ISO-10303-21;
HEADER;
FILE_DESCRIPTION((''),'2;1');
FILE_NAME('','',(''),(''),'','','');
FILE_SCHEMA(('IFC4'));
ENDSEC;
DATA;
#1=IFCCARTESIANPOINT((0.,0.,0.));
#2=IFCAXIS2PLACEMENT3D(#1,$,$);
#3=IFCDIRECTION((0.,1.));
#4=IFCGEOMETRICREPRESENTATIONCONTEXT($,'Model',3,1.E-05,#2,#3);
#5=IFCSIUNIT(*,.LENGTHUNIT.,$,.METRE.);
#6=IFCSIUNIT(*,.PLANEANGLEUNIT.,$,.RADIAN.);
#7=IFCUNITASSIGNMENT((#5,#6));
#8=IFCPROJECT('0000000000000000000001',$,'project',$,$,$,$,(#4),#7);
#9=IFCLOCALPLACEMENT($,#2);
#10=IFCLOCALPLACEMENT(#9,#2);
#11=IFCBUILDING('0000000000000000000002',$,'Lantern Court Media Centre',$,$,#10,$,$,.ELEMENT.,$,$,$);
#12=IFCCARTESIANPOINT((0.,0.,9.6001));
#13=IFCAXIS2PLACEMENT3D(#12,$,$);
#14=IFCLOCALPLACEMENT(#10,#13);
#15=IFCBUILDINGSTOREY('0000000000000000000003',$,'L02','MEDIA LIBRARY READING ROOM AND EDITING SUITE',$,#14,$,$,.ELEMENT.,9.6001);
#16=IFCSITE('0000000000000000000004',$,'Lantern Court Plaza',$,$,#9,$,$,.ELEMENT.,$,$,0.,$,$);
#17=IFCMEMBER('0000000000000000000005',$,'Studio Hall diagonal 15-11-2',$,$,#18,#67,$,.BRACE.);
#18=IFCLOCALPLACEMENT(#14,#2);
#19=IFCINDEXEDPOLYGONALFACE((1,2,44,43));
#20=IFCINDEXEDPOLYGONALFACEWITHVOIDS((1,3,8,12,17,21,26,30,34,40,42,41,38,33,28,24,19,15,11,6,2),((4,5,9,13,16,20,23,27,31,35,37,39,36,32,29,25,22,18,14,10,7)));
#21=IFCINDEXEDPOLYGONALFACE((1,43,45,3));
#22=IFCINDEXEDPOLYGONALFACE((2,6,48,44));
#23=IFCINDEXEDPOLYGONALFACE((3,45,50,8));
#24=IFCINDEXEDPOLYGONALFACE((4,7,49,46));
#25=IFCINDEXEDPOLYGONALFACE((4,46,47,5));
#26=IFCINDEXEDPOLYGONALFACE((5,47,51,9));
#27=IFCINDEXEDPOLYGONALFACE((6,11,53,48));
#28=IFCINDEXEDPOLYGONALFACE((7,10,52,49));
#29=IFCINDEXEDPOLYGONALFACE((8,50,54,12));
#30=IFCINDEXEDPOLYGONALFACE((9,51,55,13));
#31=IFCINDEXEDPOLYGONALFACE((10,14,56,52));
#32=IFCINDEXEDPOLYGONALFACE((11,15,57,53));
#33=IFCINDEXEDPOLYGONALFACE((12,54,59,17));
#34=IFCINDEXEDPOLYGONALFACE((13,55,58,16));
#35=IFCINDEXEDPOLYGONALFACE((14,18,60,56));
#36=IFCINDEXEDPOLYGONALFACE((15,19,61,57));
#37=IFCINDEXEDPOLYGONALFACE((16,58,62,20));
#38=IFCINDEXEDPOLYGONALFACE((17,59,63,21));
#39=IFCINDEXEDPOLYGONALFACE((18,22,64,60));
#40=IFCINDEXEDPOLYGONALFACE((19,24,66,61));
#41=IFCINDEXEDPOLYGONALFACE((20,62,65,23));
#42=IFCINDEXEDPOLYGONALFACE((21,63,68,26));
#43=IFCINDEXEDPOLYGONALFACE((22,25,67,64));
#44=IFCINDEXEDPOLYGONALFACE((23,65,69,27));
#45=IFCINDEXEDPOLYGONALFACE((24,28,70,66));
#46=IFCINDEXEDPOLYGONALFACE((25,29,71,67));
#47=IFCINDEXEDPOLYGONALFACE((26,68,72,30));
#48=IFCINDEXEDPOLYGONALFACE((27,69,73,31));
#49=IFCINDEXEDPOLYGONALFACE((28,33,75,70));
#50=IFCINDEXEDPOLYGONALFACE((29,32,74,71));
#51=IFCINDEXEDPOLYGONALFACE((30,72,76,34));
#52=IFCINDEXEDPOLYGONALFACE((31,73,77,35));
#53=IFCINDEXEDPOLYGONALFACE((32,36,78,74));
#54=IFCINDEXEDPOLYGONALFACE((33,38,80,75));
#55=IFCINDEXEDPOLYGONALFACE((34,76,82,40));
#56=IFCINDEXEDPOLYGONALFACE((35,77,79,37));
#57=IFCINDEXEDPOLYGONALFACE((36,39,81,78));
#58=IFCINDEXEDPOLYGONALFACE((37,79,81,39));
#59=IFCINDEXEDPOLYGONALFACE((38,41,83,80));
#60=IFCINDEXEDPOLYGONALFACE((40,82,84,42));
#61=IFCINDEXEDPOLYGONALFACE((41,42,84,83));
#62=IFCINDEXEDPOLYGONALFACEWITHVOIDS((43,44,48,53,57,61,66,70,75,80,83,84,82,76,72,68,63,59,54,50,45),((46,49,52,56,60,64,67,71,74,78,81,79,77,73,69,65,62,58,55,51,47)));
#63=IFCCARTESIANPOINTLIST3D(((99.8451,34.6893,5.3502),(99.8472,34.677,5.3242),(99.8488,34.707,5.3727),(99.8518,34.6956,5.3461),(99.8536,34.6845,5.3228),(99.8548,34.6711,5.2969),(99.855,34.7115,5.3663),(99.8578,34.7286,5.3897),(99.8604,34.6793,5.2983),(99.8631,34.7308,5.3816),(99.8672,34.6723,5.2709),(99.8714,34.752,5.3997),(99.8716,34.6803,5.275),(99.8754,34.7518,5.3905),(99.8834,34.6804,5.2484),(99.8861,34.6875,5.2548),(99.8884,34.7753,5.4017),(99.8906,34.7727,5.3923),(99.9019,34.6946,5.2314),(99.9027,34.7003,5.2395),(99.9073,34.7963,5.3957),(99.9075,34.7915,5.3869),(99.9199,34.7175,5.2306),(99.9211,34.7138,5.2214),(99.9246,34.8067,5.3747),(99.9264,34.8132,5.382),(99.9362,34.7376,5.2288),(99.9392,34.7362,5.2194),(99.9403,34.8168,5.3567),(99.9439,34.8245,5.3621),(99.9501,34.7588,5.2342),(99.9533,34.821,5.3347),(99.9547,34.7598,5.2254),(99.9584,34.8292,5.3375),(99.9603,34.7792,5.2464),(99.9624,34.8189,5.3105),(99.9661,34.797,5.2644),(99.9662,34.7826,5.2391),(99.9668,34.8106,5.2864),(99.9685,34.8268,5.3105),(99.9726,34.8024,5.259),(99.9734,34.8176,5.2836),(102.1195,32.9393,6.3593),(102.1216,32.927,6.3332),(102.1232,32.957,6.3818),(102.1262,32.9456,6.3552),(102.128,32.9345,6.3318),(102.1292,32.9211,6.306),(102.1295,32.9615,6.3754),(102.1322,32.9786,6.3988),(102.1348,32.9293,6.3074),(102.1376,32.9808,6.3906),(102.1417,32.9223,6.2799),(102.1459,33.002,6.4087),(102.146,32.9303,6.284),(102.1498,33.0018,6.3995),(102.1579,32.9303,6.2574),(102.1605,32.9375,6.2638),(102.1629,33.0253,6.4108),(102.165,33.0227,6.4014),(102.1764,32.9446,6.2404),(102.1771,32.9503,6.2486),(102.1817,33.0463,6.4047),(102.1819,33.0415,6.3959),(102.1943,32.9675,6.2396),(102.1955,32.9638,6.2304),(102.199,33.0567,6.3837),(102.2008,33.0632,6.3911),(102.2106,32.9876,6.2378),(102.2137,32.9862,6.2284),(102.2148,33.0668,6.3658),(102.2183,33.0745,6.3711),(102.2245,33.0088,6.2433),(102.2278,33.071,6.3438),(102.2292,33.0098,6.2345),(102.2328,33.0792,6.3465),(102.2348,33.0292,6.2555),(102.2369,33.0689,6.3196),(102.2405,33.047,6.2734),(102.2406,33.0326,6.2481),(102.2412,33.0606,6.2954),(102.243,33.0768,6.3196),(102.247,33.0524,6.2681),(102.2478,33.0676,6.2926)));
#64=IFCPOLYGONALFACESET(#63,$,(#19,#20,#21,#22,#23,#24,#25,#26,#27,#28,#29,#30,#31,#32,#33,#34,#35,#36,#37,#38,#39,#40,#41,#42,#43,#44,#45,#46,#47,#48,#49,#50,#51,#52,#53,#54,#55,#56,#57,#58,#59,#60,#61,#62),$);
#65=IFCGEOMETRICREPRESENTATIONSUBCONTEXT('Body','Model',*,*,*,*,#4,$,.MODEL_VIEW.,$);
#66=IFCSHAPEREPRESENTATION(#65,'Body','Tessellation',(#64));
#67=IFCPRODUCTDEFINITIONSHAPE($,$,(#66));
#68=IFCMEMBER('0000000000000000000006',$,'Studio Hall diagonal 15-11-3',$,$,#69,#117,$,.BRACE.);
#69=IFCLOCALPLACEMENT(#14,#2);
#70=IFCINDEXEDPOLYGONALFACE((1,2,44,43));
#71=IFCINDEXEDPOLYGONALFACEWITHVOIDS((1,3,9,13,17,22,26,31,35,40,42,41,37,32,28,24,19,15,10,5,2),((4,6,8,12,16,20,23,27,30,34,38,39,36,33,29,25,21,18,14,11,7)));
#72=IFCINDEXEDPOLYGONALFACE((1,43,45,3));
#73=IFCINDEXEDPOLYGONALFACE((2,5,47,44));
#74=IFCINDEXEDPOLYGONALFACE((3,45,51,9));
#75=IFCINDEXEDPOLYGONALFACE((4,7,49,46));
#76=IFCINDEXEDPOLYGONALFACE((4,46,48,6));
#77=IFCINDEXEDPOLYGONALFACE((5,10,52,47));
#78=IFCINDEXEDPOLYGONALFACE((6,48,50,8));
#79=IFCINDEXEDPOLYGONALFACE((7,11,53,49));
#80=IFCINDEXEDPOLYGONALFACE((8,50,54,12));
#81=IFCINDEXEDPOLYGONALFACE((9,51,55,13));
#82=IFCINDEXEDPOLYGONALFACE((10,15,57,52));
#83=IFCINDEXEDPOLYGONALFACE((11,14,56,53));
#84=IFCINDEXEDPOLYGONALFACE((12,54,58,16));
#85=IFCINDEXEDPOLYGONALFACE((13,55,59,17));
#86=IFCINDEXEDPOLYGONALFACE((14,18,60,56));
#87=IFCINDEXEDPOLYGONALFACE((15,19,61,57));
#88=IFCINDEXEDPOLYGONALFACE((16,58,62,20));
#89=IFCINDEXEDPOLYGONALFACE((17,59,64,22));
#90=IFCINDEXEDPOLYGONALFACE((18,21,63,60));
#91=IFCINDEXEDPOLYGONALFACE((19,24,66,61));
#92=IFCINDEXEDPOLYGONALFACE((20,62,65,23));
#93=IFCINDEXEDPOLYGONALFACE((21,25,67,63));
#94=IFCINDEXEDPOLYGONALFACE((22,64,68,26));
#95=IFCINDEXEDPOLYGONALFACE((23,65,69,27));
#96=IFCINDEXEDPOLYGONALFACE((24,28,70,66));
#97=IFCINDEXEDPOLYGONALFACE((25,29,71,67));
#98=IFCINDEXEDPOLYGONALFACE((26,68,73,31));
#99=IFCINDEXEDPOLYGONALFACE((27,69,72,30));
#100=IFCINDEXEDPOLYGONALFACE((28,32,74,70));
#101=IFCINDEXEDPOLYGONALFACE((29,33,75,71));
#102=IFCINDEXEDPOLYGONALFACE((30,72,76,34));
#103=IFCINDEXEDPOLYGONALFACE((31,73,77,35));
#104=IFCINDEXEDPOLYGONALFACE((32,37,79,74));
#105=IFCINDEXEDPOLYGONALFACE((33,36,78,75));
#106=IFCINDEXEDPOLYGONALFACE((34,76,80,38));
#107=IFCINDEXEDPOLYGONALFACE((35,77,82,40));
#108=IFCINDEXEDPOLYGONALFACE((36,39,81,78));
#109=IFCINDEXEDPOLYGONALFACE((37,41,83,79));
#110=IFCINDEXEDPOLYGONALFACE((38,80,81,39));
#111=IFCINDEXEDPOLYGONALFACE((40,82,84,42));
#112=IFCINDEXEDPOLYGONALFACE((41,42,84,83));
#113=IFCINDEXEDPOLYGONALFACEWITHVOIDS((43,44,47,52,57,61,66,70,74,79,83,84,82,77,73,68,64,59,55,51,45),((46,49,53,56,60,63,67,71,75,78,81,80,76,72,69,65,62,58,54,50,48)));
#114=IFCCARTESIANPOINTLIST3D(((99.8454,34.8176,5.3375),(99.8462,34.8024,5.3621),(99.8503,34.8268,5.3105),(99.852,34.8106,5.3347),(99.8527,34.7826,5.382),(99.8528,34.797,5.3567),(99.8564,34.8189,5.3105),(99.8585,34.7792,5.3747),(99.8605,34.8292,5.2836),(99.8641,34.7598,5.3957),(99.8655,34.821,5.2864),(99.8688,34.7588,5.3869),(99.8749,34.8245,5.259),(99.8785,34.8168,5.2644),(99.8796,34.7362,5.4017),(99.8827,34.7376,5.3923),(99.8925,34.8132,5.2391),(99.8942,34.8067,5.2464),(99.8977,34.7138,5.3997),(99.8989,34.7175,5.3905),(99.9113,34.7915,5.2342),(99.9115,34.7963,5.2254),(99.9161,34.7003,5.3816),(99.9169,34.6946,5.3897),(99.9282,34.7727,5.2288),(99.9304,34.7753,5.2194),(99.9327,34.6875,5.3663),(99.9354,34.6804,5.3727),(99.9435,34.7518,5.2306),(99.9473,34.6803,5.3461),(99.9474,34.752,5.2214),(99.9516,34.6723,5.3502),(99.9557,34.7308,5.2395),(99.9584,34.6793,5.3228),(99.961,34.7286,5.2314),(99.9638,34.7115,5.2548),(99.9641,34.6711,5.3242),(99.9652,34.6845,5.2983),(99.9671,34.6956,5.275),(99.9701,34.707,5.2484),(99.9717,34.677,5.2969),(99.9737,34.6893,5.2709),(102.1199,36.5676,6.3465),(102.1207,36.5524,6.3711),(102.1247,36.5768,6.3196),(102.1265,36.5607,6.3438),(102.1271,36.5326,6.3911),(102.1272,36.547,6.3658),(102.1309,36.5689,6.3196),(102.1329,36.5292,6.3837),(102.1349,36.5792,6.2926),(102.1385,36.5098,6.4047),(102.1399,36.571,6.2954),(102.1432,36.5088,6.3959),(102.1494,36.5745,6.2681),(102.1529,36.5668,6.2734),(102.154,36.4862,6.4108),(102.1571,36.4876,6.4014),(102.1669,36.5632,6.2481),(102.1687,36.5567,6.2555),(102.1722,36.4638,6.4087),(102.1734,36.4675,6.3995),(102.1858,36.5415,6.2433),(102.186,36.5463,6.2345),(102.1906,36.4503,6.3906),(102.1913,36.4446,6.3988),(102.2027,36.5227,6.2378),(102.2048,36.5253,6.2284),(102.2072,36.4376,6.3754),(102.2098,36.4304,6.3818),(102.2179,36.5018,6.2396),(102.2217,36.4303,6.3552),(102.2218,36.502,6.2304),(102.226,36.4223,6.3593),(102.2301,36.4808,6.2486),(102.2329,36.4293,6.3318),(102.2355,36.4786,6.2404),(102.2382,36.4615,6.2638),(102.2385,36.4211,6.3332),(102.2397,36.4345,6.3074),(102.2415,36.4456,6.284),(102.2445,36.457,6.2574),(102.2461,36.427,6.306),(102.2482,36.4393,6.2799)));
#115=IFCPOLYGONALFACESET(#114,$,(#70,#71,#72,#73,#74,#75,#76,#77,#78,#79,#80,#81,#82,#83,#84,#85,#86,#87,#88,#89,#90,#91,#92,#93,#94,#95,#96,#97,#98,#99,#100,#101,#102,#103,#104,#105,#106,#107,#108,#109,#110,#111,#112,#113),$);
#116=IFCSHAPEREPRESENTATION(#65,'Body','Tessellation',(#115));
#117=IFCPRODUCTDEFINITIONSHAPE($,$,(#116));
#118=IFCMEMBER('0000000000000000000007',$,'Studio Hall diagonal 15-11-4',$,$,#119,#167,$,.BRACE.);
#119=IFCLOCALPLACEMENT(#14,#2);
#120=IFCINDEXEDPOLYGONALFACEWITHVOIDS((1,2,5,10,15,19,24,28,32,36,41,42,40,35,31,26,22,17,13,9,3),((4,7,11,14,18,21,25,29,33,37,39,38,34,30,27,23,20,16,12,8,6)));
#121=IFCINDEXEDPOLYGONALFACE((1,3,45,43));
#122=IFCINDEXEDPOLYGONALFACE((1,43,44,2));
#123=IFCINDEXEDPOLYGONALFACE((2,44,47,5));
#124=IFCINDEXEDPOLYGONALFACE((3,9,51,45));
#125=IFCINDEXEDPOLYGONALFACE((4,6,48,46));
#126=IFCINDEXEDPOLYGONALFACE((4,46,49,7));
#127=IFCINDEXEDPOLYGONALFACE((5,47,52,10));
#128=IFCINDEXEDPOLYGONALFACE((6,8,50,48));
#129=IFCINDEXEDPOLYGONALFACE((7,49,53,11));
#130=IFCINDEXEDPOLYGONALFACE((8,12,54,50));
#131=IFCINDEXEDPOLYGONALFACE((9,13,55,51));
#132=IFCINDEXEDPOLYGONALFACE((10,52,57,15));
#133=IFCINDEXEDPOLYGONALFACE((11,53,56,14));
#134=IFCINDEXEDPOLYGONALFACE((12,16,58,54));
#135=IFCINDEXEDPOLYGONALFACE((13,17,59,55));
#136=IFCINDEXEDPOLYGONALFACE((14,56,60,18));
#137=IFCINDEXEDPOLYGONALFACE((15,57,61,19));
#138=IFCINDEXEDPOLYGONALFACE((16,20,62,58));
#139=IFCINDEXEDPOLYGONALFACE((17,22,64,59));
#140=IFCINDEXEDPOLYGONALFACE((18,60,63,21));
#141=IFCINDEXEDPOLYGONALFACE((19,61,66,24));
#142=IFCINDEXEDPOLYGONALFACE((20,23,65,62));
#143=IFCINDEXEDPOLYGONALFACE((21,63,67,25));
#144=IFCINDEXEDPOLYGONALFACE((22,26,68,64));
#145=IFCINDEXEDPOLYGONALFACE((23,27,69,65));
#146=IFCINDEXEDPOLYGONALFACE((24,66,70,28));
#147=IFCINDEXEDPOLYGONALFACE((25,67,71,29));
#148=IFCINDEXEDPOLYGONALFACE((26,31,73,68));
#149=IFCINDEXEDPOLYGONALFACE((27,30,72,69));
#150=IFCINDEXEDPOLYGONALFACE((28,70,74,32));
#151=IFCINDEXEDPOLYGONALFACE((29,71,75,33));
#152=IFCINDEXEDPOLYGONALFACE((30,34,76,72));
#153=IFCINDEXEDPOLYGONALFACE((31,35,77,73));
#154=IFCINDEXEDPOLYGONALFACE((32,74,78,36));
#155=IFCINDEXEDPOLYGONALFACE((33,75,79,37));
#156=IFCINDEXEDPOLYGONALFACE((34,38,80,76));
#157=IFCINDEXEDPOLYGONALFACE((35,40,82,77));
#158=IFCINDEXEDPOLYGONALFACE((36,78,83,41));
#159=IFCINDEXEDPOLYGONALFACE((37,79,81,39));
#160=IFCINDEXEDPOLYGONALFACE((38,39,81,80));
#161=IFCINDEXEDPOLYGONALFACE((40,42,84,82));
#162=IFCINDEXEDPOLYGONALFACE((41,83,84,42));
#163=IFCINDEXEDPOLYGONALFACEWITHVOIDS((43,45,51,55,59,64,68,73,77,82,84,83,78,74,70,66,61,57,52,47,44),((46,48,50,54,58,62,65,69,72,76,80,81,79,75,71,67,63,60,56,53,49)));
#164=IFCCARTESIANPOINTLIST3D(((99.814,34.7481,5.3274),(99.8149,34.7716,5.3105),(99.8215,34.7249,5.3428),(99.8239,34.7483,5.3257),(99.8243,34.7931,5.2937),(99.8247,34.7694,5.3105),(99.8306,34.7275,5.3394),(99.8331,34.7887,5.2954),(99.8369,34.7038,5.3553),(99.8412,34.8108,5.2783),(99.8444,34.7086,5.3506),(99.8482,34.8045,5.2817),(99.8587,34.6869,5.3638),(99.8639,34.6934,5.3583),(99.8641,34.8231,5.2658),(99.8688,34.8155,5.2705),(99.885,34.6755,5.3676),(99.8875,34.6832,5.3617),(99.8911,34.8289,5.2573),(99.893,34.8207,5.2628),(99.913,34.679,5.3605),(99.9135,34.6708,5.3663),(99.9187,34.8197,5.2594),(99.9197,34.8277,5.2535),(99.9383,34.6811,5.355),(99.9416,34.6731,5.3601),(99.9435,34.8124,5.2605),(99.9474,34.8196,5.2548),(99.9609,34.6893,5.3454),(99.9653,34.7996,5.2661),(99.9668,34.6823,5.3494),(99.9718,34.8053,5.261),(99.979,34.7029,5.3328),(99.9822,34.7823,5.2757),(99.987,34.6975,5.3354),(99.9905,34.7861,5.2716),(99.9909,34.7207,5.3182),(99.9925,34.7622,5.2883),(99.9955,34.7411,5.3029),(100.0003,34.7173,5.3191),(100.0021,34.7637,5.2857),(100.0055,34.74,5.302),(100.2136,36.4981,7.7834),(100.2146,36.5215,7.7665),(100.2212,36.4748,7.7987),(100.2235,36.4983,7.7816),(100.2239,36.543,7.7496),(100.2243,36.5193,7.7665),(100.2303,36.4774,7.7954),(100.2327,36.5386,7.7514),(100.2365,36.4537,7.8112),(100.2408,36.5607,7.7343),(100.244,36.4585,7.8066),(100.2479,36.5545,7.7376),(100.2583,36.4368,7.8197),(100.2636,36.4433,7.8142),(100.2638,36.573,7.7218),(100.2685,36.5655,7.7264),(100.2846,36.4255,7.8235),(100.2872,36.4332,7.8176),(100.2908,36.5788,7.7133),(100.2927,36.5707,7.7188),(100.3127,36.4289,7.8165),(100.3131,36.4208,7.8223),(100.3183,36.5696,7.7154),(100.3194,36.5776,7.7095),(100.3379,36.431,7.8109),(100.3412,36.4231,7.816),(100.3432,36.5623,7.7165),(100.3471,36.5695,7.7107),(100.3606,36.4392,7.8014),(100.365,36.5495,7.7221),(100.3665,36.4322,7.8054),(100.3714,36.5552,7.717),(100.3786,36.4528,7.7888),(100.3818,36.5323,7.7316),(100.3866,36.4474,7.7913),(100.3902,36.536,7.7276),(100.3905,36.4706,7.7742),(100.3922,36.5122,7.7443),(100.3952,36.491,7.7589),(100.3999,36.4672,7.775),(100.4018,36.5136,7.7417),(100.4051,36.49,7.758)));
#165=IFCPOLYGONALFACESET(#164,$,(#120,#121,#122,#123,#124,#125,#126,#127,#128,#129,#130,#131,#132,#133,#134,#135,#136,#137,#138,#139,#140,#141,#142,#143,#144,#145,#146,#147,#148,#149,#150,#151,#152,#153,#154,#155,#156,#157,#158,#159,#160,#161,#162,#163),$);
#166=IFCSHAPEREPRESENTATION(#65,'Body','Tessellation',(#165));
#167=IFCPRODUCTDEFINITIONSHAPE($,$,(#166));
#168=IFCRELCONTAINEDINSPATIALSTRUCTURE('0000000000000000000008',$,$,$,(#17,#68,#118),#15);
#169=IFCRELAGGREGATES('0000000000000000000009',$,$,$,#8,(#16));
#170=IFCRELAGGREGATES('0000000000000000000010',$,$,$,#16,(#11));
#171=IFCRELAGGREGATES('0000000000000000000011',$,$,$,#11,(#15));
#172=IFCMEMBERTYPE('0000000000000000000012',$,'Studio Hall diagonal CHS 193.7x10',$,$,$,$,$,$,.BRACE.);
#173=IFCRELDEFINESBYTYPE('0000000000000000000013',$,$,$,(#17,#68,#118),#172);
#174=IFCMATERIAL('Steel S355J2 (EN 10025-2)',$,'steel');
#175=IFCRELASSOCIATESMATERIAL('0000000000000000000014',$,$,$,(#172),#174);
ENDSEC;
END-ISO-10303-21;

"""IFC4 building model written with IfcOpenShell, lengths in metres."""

from ifc_helpers import new_model, si_unit, direction, frame, origin, origin_2d, place, context, subcontext, project, spatial, hollow_circle, extrude, material, material_profile, profile_set, type_object, element, save


model = new_model("IFC4")

# Units and contexts
model_context = context("Model", 3, precision=1e-05, world=origin(), true_north=direction((0.0, 1.0)))
body_context = subcontext(model_context, "Body", "Model", "MODEL_VIEW")
ifc_project = project(units=[si_unit("LENGTHUNIT", "METRE"), si_unit("PLANEANGLEUNIT", "RADIAN")], contexts=[model_context])

# Site, building, storey
site_placement = place(None, origin())
site = spatial("IfcSite", under=ifc_project, at=site_placement, Name="Lantern Court Plaza", CompositionType="ELEMENT", RefElevation=0.0)
building_placement = place(site_placement, origin())
building = spatial("IfcBuilding", under=site, at=building_placement, Name="Lantern Court Media Centre", CompositionType="ELEMENT")
storey_placement = place(building_placement, frame((0.0, 0.0, 9.6001)))
storey = spatial("IfcBuildingStorey", under=building, at=storey_placement, Name="L02", Description="MEDIA LIBRARY READING ROOM AND EDITING SUITE", CompositionType="ELEMENT", Elevation=9.6001)

# Members
ifc_material_1 = material(Name="Steel S355J2 (EN 10025-2)", Category="steel")
ifc_material_profile_1 = material_profile(ifc_material_1, hollow_circle(Radius=0.0969, WallThickness=0.01, at=origin_2d()), Name="Studio Hall diagonal CHS 193.7x10")
ifc_profile_set_1 = profile_set([ifc_material_profile_1], Name="Steel S355J2 (EN 10025-2)")
member_type_1 = type_object("IfcMemberType", Name="Studio Hall diagonal CHS 193.7x10", PredefinedType="BRACE", material=ifc_profile_set_1)
for number, where, z_axis, x_axis, name in (
    (1, (99.9094, 34.75, 5.3105), (0.747677, -0.575284, 0.331703), (0.609809, 0.792548, 0.0), "Studio Hall diagonal 15-11-2"),
    (2, (99.9094, 34.75, 5.3105), (0.747677, 0.575284, 0.331703), (-0.609809, 0.792548, 0.0), "Studio Hall diagonal 15-11-3"),
    (3, (99.9094, 34.75, 5.3105), (0.131375, 0.575259, 0.807352), (-0.9749, 0.222644, 0.0), "Studio Hall diagonal 15-11-4"),
):
    element("IfcMember", number, at=place(storey_placement, frame(where, z_axis=z_axis, x_axis=x_axis)), inside=storey, type_object=member_type_1, Name=name, PredefinedType="BRACE", context=body_context, shape_type="SweptSolid", body=[
        extrude(hollow_circle(Radius=0.0969, WallThickness=0.01, at=origin_2d()), origin(), (0.0, 0.0, 1.0), 3.042),
    ])

save(model, "model.ifc")
